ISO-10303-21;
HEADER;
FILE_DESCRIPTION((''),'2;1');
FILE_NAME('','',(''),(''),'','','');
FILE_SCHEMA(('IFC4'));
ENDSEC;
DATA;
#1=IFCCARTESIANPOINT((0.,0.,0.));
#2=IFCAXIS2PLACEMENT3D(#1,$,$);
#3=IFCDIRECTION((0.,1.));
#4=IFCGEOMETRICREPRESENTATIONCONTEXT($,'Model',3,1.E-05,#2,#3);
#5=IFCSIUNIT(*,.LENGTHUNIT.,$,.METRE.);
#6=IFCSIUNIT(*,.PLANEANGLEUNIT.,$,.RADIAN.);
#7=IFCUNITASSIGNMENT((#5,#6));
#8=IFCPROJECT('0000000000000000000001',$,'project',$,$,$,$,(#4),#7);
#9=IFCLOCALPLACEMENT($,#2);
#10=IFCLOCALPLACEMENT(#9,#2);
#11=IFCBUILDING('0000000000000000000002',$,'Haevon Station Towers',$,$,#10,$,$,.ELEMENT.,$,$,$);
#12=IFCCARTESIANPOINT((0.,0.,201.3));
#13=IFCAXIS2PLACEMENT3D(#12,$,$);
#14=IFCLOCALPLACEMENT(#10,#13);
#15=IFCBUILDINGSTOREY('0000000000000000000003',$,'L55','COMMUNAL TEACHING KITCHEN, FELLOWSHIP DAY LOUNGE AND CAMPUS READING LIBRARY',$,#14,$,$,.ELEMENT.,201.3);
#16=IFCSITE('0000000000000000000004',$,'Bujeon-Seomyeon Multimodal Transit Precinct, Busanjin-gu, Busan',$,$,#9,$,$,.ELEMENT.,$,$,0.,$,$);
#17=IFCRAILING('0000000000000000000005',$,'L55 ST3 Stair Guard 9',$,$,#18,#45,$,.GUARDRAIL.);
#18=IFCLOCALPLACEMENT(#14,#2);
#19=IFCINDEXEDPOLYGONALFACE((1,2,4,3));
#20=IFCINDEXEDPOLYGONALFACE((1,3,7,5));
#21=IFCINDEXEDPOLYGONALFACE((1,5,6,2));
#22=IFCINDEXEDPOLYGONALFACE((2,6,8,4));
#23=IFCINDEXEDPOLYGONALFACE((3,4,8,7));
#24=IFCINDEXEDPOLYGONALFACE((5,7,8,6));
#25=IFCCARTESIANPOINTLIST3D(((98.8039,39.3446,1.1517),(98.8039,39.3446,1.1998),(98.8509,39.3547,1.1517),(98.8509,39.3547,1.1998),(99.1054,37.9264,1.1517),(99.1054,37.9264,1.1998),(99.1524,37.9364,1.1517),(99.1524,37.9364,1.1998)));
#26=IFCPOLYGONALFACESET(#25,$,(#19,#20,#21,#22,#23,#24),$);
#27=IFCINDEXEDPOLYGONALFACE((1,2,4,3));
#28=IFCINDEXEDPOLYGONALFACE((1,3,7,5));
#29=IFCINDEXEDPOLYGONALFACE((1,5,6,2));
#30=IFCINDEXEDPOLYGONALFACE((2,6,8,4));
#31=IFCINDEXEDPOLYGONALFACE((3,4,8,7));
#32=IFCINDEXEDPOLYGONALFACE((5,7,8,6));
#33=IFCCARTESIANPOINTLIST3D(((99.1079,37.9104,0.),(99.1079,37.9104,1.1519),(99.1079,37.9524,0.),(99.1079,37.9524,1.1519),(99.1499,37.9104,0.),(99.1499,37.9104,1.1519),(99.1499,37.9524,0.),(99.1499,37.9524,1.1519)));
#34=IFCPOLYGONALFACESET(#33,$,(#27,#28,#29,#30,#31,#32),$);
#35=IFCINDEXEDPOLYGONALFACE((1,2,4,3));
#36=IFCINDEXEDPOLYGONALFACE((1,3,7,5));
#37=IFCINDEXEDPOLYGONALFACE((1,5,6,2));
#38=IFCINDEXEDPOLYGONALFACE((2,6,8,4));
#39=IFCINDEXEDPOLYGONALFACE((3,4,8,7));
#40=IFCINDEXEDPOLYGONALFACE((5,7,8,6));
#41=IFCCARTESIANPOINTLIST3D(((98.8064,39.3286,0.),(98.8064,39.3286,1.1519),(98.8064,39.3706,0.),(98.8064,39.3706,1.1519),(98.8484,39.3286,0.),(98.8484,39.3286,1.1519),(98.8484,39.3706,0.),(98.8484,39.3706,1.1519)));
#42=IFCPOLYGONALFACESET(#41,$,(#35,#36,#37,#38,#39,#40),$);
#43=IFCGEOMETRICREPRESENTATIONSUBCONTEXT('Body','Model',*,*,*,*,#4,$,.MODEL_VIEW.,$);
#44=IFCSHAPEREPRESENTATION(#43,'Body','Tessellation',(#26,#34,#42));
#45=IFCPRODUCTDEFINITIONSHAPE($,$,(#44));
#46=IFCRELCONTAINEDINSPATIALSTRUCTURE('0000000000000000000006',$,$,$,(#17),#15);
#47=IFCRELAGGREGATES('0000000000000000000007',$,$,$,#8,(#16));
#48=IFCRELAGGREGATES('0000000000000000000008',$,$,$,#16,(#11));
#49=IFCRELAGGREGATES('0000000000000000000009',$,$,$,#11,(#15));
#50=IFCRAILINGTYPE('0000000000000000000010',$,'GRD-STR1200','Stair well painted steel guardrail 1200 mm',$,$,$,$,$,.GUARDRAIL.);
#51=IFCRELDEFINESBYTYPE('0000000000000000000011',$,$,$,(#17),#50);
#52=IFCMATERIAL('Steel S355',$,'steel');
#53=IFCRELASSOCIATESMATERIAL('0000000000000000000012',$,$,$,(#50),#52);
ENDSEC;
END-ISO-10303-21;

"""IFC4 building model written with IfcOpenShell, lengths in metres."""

from ifc_helpers import new_model, si_unit, direction, frame, origin, origin_2d, place, context, subcontext, project, spatial, rectangle, extrude, material, type_object, element, save


model = new_model("IFC4")

# Units and contexts
model_context = context("Model", 3, precision=1e-05, world=origin(), true_north=direction((0.0, 1.0)))
body_context = subcontext(model_context, "Body", "Model", "MODEL_VIEW")
ifc_project = project(units=[si_unit("LENGTHUNIT", "METRE"), si_unit("PLANEANGLEUNIT", "RADIAN")], contexts=[model_context])

# Site, building, storey
site_placement = place(None, origin())
site = spatial("IfcSite", under=ifc_project, at=site_placement, Name="Bujeon-Seomyeon Multimodal Transit Precinct, Busanjin-gu, Busan", CompositionType="ELEMENT", RefElevation=0.0)
building_placement = place(site_placement, origin())
building = spatial("IfcBuilding", under=site, at=building_placement, Name="Haevon Station Towers", CompositionType="ELEMENT")
storey_placement = place(building_placement, frame((0.0, 0.0, 201.3)))
storey = spatial("IfcBuildingStorey", under=building, at=storey_placement, Name="L55", Description="COMMUNAL TEACHING KITCHEN, FELLOWSHIP DAY LOUNGE AND CAMPUS READING LIBRARY", CompositionType="ELEMENT", Elevation=201.3)

# Shared definitions
ifc_material_1 = material(Name="Steel S355", Category="steel")

# Railing
railing_type = type_object("IfcRailingType", Name="GRD-STR1200", Description="Stair well painted steel guardrail 1200 mm", PredefinedType="GUARDRAIL", material=ifc_material_1)
for number, where, name in (
    (1, (99.1289, 37.9314, 0.0), "L55 ST3 Stair Guard 9"),
):
    element("IfcRailing", number, at=place(storey_placement, frame(where)), inside=storey, type_object=railing_type, Name=name, PredefinedType="GUARDRAIL", context=body_context, shape_type="SweptSolid", body=[
        extrude(rectangle(XDim=0.0481, YDim=0.0481, at=origin_2d()), frame((0.0, 0.0, 1.1758), z_axis=(-0.207953, 0.978139, 0.0), x_axis=(-0.978139, -0.207953, 0.0)), (0.0, 0.0, 1.0), 1.45),
        extrude(rectangle(XDim=0.042, YDim=0.042, at=origin_2d()), origin(), (0.0, 0.0, 1.0), 1.1519),
        extrude(rectangle(XDim=0.042, YDim=0.042, at=origin_2d()), frame((-0.3015, 1.4182, 0.0)), (0.0, 0.0, 1.0), 1.1519),
    ])

save(model, "model.ifc")
